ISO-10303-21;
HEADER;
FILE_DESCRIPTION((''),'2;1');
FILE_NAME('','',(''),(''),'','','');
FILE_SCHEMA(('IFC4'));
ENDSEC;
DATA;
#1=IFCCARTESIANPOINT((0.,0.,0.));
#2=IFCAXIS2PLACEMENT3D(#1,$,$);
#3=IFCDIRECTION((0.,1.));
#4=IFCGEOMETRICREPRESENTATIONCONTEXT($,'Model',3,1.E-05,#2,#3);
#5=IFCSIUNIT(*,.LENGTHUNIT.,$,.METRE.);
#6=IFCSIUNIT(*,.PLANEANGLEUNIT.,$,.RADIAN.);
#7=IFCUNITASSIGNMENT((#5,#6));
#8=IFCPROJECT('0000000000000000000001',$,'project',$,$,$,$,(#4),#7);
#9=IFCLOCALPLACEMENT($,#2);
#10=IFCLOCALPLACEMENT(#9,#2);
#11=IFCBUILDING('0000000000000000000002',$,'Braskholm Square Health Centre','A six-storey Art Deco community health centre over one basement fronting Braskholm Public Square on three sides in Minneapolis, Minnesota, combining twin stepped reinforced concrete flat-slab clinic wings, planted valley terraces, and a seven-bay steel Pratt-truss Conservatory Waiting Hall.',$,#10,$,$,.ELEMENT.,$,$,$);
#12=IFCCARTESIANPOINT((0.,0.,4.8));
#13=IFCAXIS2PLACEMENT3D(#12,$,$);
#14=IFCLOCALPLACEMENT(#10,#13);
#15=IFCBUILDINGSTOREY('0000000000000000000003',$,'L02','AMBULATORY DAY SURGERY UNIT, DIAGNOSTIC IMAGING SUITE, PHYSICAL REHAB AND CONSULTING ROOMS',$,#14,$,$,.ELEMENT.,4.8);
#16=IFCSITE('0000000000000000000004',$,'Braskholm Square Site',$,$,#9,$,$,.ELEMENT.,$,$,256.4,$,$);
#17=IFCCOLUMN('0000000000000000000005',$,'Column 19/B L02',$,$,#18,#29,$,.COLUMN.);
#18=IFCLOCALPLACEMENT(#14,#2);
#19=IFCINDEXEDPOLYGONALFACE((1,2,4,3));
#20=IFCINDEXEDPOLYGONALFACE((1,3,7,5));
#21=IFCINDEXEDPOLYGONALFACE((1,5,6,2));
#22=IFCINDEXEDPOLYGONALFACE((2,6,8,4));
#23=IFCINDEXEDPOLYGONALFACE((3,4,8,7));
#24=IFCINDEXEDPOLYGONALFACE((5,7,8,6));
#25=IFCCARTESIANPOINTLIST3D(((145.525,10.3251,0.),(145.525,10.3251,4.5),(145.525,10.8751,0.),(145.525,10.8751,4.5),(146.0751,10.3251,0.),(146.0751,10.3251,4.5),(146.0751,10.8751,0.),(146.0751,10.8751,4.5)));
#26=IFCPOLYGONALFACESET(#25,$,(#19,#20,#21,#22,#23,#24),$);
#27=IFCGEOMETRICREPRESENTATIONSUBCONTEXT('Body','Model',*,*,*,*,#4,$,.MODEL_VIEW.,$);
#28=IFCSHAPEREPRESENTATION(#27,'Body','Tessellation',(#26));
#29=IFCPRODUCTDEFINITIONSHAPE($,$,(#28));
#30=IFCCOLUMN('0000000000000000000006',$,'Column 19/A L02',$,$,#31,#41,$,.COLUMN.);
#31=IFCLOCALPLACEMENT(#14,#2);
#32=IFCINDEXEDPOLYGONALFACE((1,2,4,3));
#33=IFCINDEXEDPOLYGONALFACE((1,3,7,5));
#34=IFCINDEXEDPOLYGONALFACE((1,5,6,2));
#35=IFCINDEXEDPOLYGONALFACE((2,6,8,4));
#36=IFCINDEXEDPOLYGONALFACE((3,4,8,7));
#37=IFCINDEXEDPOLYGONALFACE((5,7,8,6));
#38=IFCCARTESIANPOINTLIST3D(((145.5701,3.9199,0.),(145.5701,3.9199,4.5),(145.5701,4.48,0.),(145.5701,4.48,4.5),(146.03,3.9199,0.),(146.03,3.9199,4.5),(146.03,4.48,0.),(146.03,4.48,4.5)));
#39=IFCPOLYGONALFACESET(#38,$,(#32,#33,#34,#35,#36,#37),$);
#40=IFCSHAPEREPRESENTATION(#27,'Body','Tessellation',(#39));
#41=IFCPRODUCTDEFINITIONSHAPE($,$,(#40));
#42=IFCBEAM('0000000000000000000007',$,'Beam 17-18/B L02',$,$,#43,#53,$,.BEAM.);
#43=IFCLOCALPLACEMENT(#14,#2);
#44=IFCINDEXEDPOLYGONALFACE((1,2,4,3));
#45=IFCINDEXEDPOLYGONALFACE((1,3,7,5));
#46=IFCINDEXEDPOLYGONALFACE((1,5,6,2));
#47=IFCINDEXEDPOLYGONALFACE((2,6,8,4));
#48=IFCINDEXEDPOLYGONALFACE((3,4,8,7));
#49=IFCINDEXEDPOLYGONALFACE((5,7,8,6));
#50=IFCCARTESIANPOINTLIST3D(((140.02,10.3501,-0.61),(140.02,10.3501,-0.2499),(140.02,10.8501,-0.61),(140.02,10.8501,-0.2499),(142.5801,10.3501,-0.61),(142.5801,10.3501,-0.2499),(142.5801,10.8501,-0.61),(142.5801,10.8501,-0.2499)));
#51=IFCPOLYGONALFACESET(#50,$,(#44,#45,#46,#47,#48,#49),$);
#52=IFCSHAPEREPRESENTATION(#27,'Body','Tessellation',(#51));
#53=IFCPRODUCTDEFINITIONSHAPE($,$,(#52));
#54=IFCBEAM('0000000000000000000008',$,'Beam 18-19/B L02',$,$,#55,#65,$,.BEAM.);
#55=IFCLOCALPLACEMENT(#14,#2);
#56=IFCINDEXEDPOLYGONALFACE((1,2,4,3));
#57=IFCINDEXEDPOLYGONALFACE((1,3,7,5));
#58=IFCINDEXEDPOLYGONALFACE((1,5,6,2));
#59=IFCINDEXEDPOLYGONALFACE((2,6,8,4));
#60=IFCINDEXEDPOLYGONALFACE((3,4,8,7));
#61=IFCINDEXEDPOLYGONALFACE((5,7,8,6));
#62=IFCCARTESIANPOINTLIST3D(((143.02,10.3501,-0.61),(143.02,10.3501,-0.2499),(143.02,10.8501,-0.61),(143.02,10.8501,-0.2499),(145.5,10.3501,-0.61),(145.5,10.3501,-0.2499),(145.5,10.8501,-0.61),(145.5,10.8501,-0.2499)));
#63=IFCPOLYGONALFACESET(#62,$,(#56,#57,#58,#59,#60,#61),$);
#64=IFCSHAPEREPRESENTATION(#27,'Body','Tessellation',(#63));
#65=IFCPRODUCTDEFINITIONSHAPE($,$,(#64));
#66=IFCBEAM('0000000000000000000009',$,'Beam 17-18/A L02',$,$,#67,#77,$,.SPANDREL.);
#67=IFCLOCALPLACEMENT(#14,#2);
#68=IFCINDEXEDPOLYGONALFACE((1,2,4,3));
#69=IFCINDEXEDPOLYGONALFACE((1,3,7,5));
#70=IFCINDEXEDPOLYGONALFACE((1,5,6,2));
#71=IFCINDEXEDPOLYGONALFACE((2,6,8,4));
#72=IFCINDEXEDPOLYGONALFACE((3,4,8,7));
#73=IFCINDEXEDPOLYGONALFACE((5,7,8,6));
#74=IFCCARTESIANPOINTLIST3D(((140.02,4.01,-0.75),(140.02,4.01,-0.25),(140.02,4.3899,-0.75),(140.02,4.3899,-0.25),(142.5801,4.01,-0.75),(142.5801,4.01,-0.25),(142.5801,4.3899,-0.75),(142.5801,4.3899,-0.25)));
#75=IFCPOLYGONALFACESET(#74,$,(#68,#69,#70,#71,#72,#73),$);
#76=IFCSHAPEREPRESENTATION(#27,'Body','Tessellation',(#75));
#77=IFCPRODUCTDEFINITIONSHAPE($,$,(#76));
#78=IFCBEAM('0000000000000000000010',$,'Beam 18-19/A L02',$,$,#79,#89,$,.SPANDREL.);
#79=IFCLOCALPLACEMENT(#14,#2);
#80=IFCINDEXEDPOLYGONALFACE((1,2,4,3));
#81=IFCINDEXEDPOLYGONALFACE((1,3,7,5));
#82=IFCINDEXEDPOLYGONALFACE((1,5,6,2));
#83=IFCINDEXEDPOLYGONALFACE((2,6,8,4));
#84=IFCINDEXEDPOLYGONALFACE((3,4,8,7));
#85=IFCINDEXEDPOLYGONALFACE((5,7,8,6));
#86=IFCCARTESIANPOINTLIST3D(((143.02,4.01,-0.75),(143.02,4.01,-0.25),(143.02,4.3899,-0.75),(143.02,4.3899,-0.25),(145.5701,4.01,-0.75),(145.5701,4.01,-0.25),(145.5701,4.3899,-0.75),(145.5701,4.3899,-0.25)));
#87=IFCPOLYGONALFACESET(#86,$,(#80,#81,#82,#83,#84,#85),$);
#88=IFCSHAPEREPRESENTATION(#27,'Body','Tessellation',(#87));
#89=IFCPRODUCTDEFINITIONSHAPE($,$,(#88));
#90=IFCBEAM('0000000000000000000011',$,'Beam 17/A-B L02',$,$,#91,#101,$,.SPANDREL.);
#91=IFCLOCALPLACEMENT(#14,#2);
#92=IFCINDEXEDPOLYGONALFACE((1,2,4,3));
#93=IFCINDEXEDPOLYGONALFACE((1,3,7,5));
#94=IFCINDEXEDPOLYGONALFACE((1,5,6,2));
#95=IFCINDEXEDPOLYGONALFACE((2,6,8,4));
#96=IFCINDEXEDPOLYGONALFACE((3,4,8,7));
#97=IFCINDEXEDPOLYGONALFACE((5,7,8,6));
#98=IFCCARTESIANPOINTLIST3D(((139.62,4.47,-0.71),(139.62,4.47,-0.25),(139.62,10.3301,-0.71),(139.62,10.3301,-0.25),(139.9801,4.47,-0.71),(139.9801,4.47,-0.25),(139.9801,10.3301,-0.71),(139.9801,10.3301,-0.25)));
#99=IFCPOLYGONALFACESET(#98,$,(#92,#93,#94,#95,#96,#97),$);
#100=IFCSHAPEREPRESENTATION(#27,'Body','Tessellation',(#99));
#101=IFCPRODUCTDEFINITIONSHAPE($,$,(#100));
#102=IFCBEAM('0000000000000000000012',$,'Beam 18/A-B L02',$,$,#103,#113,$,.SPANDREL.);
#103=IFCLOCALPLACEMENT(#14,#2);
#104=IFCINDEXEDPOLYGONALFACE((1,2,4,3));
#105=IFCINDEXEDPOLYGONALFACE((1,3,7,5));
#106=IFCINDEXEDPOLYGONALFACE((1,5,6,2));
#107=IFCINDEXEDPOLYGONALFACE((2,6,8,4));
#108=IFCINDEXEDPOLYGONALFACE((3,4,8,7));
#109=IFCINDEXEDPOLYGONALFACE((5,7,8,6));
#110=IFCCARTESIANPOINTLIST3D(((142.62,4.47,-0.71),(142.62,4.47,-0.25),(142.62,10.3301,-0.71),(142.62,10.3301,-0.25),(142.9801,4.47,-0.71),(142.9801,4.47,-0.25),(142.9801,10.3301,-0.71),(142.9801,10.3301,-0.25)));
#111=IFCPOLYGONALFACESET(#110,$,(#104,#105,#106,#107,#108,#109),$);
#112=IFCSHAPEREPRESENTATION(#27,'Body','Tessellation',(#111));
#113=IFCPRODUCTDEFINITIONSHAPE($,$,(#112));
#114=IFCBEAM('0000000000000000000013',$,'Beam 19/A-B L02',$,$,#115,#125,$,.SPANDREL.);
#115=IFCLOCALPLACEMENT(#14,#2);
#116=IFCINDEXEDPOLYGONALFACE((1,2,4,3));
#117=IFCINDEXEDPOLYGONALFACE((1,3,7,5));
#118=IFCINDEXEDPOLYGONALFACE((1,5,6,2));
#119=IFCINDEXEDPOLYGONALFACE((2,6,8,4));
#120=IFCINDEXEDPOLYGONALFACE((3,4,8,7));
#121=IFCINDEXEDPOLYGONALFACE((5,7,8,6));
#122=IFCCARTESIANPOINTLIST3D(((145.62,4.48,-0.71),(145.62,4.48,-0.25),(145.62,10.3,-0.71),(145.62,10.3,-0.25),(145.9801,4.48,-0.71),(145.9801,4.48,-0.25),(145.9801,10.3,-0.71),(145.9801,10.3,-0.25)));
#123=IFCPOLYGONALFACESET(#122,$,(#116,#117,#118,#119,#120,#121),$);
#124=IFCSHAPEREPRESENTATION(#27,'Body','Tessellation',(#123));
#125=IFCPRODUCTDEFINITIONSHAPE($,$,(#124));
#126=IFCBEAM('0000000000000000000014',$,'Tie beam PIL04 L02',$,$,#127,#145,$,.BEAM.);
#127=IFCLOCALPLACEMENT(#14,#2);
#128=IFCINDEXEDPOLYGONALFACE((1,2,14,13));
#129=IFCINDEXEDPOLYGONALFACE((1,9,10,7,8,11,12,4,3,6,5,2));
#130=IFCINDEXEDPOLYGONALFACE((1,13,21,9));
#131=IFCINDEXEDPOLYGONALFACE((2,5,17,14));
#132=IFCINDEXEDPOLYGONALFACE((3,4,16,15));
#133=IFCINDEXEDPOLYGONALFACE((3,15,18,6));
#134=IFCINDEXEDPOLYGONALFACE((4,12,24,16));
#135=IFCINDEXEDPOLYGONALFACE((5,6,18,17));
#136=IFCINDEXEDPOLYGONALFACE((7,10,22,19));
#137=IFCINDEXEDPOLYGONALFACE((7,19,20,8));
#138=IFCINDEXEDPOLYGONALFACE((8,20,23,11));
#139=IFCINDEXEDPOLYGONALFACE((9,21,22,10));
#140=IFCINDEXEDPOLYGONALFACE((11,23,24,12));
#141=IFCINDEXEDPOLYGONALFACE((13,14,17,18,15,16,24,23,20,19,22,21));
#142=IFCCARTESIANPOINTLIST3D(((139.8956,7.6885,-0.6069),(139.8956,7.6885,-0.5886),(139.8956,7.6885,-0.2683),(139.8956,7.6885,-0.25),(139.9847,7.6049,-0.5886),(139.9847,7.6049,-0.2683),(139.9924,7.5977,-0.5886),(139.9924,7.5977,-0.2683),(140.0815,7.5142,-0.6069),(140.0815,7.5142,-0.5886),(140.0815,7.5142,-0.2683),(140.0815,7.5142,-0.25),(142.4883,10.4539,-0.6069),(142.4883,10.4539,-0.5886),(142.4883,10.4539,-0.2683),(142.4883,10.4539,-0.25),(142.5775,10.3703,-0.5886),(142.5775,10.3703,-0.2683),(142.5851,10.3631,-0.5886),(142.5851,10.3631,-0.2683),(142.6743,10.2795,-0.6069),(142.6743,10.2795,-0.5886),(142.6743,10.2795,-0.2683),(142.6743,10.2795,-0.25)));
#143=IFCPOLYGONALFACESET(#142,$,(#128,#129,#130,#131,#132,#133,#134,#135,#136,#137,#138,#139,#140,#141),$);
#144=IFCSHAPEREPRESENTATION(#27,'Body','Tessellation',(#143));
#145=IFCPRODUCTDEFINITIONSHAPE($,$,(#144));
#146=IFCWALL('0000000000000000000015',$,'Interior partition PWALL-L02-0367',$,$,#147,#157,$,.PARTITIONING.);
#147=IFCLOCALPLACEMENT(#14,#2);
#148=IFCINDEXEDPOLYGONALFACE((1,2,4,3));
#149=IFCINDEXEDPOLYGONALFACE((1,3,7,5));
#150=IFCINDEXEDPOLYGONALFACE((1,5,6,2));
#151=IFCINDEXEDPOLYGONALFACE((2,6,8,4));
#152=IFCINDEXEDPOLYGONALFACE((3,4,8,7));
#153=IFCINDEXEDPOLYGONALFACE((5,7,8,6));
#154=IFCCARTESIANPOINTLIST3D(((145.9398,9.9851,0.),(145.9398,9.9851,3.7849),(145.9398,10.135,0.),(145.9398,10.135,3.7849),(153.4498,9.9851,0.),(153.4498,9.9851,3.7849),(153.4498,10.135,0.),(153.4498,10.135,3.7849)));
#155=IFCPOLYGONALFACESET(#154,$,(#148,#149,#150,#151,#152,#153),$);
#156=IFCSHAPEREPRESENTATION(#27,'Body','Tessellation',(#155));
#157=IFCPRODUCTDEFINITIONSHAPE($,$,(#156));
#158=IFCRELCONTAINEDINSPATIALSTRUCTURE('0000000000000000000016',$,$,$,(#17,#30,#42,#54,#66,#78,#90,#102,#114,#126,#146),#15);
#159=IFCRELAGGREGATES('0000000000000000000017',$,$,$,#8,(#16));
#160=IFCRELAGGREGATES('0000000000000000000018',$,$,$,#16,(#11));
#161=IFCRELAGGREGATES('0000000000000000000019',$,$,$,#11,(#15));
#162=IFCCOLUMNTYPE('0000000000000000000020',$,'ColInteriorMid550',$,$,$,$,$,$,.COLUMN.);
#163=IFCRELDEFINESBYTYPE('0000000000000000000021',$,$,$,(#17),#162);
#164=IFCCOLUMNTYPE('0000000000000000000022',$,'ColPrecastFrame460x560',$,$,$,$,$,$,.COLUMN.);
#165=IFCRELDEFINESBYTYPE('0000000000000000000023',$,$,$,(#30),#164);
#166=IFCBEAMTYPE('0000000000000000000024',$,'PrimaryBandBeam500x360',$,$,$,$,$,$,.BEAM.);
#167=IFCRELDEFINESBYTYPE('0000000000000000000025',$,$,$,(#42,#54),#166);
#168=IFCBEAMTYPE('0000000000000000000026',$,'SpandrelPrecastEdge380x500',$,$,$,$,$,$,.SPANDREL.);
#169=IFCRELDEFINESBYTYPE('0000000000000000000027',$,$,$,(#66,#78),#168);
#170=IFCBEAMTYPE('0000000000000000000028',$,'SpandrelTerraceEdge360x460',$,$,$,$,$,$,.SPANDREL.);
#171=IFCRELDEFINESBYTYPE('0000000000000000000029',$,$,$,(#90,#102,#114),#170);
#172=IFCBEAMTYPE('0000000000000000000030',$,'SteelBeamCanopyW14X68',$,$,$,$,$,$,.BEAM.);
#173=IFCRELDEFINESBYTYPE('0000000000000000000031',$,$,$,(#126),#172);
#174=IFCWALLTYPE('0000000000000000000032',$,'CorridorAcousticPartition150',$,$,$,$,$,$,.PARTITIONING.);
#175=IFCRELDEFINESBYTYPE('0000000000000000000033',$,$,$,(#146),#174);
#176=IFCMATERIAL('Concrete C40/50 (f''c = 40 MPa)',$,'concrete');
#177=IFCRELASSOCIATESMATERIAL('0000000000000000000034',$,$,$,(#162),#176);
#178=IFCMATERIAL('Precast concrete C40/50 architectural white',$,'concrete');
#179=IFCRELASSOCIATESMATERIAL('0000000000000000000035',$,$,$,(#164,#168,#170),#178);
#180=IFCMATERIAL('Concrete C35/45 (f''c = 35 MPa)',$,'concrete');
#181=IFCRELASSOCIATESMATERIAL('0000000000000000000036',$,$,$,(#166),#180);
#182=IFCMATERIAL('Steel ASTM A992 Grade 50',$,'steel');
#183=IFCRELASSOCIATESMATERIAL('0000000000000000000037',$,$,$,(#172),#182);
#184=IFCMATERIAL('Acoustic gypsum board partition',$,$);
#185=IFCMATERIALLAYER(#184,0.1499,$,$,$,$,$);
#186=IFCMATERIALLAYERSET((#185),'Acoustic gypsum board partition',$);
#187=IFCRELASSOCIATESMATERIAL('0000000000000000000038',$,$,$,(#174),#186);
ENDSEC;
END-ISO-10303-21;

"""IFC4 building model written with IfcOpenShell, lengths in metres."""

from ifc_helpers import new_model, si_unit, direction, frame, frame_2d, origin, origin_2d, place, context, subcontext, project, spatial, rectangle, i_section, extrude, material, layer, layer_set, material_profile, profile_set, type_object, element, save


model = new_model("IFC4")

# Units and contexts
model_context = context("Model", 3, precision=1e-05, world=origin(), true_north=direction((0.0, 1.0)))
body_context = subcontext(model_context, "Body", "Model", "MODEL_VIEW")
ifc_project = project(units=[si_unit("LENGTHUNIT", "METRE"), si_unit("PLANEANGLEUNIT", "RADIAN")], contexts=[model_context])

# Site, building, storey
site_placement = place(None, origin())
site = spatial("IfcSite", under=ifc_project, at=site_placement, Name="Braskholm Square Site", CompositionType="ELEMENT", RefElevation=256.4)
building_placement = place(site_placement, origin())
building = spatial("IfcBuilding", under=site, at=building_placement, Name="Braskholm Square Health Centre", Description="A six-storey Art Deco community health centre over one basement fronting Braskholm Public Square on three sides in Minneapolis, Minnesota, combining twin stepped reinforced concrete flat-slab clinic wings, planted valley terraces, and a seven-bay steel Pratt-truss Conservatory Waiting Hall.", CompositionType="ELEMENT")
storey_placement = place(building_placement, frame((0.0, 0.0, 4.8)))
storey = spatial("IfcBuildingStorey", under=building, at=storey_placement, Name="L02", Description="AMBULATORY DAY SURGERY UNIT, DIAGNOSTIC IMAGING SUITE, PHYSICAL REHAB AND CONSULTING ROOMS", CompositionType="ELEMENT", Elevation=4.8)

# Columns
ifc_material_1 = material(Name="Concrete C40/50 (f'c = 40 MPa)", Category="concrete")
ifc_material_profile_1 = material_profile(ifc_material_1, rectangle(XDim=0.55, YDim=0.55, at=origin_2d()), Name="RC-550X550")
ifc_profile_set_1 = profile_set([ifc_material_profile_1], Name="Concrete C40/50 (f'c = 40 MPa)")
column_type_1 = type_object("IfcColumnType", Name="ColInteriorMid550", PredefinedType="COLUMN", material=ifc_profile_set_1)
column_1_placement = place(storey_placement, frame((145.8, 10.6001, 0.0), z_axis=(0.0, 0.0, 1.0), x_axis=(1.0, 0.0, 0.0)))
element("IfcColumn", 1, at=column_1_placement, inside=storey, type_object=column_type_1, Name="Column 19/B L02", PredefinedType="COLUMN", context=body_context, shape_type="SweptSolid", body=[
    extrude(rectangle(XDim=0.55, YDim=0.55, at=origin_2d()), origin(), (0.0, 0.0, 1.0), 4.5),
])
ifc_material_2 = material(Name="Precast concrete C40/50 architectural white", Category="concrete")
ifc_material_profile_2 = material_profile(ifc_material_2, rectangle(XDim=0.46, YDim=0.5601, at=origin_2d()), Name="RC-460X560")
ifc_profile_set_2 = profile_set([ifc_material_profile_2], Name="Precast concrete C40/50 architectural white")
column_type_2 = type_object("IfcColumnType", Name="ColPrecastFrame460x560", PredefinedType="COLUMN", material=ifc_profile_set_2)
column_2_placement = place(storey_placement, frame((145.8, 4.2, 0.0), z_axis=(0.0, 0.0, 1.0), x_axis=(1.0, 0.0, 0.0)))
element("IfcColumn", 2, at=column_2_placement, inside=storey, type_object=column_type_2, Name="Column 19/A L02", PredefinedType="COLUMN", context=body_context, shape_type="SweptSolid", body=[
    extrude(rectangle(XDim=0.46, YDim=0.5601, at=origin_2d()), origin(), (0.0, 0.0, 1.0), 4.5),
])

# Beams
ifc_material_3 = material(Name="Concrete C35/45 (f'c = 35 MPa)", Category="concrete")
ifc_material_profile_3 = material_profile(ifc_material_3, rectangle(XDim=0.5, YDim=0.3601, at=origin_2d()), Name="RCB-500X360")
ifc_profile_set_3 = profile_set([ifc_material_profile_3], Name="Concrete C35/45 (f'c = 35 MPa)")
beam_type_1 = type_object("IfcBeamType", Name="PrimaryBandBeam500x360", PredefinedType="BEAM", material=ifc_profile_set_3)
beam_1_placement = place(storey_placement, frame((140.02, 10.6001, -0.4299), z_axis=(1.0, 0.0, 0.0), x_axis=(0.0, 1.0, 0.0)))
element("IfcBeam", 3, at=beam_1_placement, inside=storey, type_object=beam_type_1, Name="Beam 17-18/B L02", PredefinedType="BEAM", context=body_context, shape_type="SweptSolid", body=[
    extrude(rectangle(XDim=0.5, YDim=0.3601, at=origin_2d()), origin(), (0.0, 0.0, 1.0), 2.5601),
])
beam_2_placement = place(storey_placement, frame((143.02, 10.6001, -0.4299), z_axis=(1.0, 0.0, 0.0), x_axis=(0.0, 1.0, 0.0)))
element("IfcBeam", 4, at=beam_2_placement, inside=storey, type_object=beam_type_1, Name="Beam 18-19/B L02", PredefinedType="BEAM", context=body_context, shape_type="SweptSolid", body=[
    extrude(rectangle(XDim=0.5, YDim=0.3601, at=origin_2d()), origin(), (0.0, 0.0, 1.0), 2.48),
])
ifc_material_profile_4 = material_profile(ifc_material_2, rectangle(XDim=0.3799, YDim=0.5, at=origin_2d()), Name="RCB-380X500")
ifc_profile_set_4 = profile_set([ifc_material_profile_4], Name="Precast concrete C40/50 architectural white")
beam_type_2 = type_object("IfcBeamType", Name="SpandrelPrecastEdge380x500", PredefinedType="SPANDREL", material=ifc_profile_set_4)
beam_3_placement = place(storey_placement, frame((140.02, 4.2, -0.5), z_axis=(1.0, 0.0, 0.0), x_axis=(0.0, 1.0, 0.0)))
element("IfcBeam", 5, at=beam_3_placement, inside=storey, type_object=beam_type_2, Name="Beam 17-18/A L02", PredefinedType="SPANDREL", context=body_context, shape_type="SweptSolid", body=[
    extrude(rectangle(XDim=0.3799, YDim=0.5, at=origin_2d()), origin(), (0.0, 0.0, 1.0), 2.5601),
])
beam_4_placement = place(storey_placement, frame((143.02, 4.2, -0.5), z_axis=(1.0, 0.0, 0.0), x_axis=(0.0, 1.0, 0.0)))
element("IfcBeam", 6, at=beam_4_placement, inside=storey, type_object=beam_type_2, Name="Beam 18-19/A L02", PredefinedType="SPANDREL", context=body_context, shape_type="SweptSolid", body=[
    extrude(rectangle(XDim=0.3799, YDim=0.5, at=origin_2d()), origin(), (0.0, 0.0, 1.0), 2.55),
])
ifc_material_profile_5 = material_profile(ifc_material_2, rectangle(XDim=0.3601, YDim=0.46, at=origin_2d()), Name="RCB-360X460")
ifc_profile_set_5 = profile_set([ifc_material_profile_5], Name="Precast concrete C40/50 architectural white")
beam_type_3 = type_object("IfcBeamType", Name="SpandrelTerraceEdge360x460", PredefinedType="SPANDREL", material=ifc_profile_set_5)
for number, where, z_axis, x_axis, name in (
    (7, (139.8, 4.47, -0.48), (0.0, 1.0, 0.0), (-1.0, 0.0, 0.0), "Beam 17/A-B L02"),
    (8, (142.8, 4.47, -0.48), (0.0, 1.0, 0.0), (-1.0, 0.0, 0.0), "Beam 18/A-B L02"),
):
    element("IfcBeam", number, at=place(storey_placement, frame(where, z_axis=z_axis, x_axis=x_axis)), inside=storey, type_object=beam_type_3, Name=name, PredefinedType="SPANDREL", context=body_context, shape_type="SweptSolid", body=[
        extrude(rectangle(XDim=0.3601, YDim=0.46, at=origin_2d()), origin(), (0.0, 0.0, 1.0), 5.8601),
    ])
beam_5_placement = place(storey_placement, frame((145.8, 4.48, -0.48), z_axis=(0.0, 1.0, 0.0), x_axis=(-1.0, 0.0, 0.0)))
element("IfcBeam", 9, at=beam_5_placement, inside=storey, type_object=beam_type_3, Name="Beam 19/A-B L02", PredefinedType="SPANDREL", context=body_context, shape_type="SweptSolid", body=[
    extrude(rectangle(XDim=0.3601, YDim=0.46, at=origin_2d()), origin(), (0.0, 0.0, 1.0), 5.8201),
])
ifc_material_4 = material(Name="Steel ASTM A992 Grade 50", Category="steel")
ifc_material_profile_6 = material_profile(ifc_material_4, i_section(OverallWidth=0.2549, OverallDepth=0.3569, WebThickness=0.0105, FlangeThickness=0.0183, at=origin_2d()), Name="W14X68")
ifc_profile_set_6 = profile_set([ifc_material_profile_6], Name="Steel ASTM A992 Grade 50")
beam_type_4 = type_object("IfcBeamType", Name="SteelBeamCanopyW14X68", PredefinedType="BEAM", material=ifc_profile_set_6)
beam_6_placement = place(storey_placement, frame((139.9885, 7.6013, -0.4285), z_axis=(0.683973, 0.729507, 0.0), x_axis=(-0.729507, 0.683973, 0.0)))
element("IfcBeam", 10, at=beam_6_placement, inside=storey, type_object=beam_type_4, Name="Tie beam PIL04 L02", PredefinedType="BEAM", context=body_context, shape_type="SweptSolid", body=[
    extrude(i_section(OverallWidth=0.2549, OverallDepth=0.3569, WebThickness=0.0105, FlangeThickness=0.0183, at=origin_2d()), origin(), (0.0, 0.0, 1.0), 3.7908),
])

# Wall
ifc_material_5 = material(Name="Acoustic gypsum board partition")
ifc_layer_1 = layer(ifc_material_5, 0.1499)
ifc_layer_set_1 = layer_set([ifc_layer_1], Name="Acoustic gypsum board partition")
wall_type_1 = type_object("IfcWallType", Name="CorridorAcousticPartition150", PredefinedType="PARTITIONING", material=ifc_layer_set_1)
wall_1_placement = place(storey_placement, frame((145.9399, 10.0601, 0.0), z_axis=(0.0, 0.0, 1.0), x_axis=(1.0, 0.0, 0.0)))
element("IfcWall", 11, at=wall_1_placement, inside=storey, type_object=wall_type_1, Name="Interior partition PWALL-L02-0367", PredefinedType="PARTITIONING", context=body_context, shape_type="SweptSolid", body=[
    extrude(rectangle(XDim=7.51, YDim=0.1499, at=frame_2d((3.7549, 0.0))), origin(), (0.0, 0.0, 1.0), 3.7849),
])

save(model, "model.ifc")
